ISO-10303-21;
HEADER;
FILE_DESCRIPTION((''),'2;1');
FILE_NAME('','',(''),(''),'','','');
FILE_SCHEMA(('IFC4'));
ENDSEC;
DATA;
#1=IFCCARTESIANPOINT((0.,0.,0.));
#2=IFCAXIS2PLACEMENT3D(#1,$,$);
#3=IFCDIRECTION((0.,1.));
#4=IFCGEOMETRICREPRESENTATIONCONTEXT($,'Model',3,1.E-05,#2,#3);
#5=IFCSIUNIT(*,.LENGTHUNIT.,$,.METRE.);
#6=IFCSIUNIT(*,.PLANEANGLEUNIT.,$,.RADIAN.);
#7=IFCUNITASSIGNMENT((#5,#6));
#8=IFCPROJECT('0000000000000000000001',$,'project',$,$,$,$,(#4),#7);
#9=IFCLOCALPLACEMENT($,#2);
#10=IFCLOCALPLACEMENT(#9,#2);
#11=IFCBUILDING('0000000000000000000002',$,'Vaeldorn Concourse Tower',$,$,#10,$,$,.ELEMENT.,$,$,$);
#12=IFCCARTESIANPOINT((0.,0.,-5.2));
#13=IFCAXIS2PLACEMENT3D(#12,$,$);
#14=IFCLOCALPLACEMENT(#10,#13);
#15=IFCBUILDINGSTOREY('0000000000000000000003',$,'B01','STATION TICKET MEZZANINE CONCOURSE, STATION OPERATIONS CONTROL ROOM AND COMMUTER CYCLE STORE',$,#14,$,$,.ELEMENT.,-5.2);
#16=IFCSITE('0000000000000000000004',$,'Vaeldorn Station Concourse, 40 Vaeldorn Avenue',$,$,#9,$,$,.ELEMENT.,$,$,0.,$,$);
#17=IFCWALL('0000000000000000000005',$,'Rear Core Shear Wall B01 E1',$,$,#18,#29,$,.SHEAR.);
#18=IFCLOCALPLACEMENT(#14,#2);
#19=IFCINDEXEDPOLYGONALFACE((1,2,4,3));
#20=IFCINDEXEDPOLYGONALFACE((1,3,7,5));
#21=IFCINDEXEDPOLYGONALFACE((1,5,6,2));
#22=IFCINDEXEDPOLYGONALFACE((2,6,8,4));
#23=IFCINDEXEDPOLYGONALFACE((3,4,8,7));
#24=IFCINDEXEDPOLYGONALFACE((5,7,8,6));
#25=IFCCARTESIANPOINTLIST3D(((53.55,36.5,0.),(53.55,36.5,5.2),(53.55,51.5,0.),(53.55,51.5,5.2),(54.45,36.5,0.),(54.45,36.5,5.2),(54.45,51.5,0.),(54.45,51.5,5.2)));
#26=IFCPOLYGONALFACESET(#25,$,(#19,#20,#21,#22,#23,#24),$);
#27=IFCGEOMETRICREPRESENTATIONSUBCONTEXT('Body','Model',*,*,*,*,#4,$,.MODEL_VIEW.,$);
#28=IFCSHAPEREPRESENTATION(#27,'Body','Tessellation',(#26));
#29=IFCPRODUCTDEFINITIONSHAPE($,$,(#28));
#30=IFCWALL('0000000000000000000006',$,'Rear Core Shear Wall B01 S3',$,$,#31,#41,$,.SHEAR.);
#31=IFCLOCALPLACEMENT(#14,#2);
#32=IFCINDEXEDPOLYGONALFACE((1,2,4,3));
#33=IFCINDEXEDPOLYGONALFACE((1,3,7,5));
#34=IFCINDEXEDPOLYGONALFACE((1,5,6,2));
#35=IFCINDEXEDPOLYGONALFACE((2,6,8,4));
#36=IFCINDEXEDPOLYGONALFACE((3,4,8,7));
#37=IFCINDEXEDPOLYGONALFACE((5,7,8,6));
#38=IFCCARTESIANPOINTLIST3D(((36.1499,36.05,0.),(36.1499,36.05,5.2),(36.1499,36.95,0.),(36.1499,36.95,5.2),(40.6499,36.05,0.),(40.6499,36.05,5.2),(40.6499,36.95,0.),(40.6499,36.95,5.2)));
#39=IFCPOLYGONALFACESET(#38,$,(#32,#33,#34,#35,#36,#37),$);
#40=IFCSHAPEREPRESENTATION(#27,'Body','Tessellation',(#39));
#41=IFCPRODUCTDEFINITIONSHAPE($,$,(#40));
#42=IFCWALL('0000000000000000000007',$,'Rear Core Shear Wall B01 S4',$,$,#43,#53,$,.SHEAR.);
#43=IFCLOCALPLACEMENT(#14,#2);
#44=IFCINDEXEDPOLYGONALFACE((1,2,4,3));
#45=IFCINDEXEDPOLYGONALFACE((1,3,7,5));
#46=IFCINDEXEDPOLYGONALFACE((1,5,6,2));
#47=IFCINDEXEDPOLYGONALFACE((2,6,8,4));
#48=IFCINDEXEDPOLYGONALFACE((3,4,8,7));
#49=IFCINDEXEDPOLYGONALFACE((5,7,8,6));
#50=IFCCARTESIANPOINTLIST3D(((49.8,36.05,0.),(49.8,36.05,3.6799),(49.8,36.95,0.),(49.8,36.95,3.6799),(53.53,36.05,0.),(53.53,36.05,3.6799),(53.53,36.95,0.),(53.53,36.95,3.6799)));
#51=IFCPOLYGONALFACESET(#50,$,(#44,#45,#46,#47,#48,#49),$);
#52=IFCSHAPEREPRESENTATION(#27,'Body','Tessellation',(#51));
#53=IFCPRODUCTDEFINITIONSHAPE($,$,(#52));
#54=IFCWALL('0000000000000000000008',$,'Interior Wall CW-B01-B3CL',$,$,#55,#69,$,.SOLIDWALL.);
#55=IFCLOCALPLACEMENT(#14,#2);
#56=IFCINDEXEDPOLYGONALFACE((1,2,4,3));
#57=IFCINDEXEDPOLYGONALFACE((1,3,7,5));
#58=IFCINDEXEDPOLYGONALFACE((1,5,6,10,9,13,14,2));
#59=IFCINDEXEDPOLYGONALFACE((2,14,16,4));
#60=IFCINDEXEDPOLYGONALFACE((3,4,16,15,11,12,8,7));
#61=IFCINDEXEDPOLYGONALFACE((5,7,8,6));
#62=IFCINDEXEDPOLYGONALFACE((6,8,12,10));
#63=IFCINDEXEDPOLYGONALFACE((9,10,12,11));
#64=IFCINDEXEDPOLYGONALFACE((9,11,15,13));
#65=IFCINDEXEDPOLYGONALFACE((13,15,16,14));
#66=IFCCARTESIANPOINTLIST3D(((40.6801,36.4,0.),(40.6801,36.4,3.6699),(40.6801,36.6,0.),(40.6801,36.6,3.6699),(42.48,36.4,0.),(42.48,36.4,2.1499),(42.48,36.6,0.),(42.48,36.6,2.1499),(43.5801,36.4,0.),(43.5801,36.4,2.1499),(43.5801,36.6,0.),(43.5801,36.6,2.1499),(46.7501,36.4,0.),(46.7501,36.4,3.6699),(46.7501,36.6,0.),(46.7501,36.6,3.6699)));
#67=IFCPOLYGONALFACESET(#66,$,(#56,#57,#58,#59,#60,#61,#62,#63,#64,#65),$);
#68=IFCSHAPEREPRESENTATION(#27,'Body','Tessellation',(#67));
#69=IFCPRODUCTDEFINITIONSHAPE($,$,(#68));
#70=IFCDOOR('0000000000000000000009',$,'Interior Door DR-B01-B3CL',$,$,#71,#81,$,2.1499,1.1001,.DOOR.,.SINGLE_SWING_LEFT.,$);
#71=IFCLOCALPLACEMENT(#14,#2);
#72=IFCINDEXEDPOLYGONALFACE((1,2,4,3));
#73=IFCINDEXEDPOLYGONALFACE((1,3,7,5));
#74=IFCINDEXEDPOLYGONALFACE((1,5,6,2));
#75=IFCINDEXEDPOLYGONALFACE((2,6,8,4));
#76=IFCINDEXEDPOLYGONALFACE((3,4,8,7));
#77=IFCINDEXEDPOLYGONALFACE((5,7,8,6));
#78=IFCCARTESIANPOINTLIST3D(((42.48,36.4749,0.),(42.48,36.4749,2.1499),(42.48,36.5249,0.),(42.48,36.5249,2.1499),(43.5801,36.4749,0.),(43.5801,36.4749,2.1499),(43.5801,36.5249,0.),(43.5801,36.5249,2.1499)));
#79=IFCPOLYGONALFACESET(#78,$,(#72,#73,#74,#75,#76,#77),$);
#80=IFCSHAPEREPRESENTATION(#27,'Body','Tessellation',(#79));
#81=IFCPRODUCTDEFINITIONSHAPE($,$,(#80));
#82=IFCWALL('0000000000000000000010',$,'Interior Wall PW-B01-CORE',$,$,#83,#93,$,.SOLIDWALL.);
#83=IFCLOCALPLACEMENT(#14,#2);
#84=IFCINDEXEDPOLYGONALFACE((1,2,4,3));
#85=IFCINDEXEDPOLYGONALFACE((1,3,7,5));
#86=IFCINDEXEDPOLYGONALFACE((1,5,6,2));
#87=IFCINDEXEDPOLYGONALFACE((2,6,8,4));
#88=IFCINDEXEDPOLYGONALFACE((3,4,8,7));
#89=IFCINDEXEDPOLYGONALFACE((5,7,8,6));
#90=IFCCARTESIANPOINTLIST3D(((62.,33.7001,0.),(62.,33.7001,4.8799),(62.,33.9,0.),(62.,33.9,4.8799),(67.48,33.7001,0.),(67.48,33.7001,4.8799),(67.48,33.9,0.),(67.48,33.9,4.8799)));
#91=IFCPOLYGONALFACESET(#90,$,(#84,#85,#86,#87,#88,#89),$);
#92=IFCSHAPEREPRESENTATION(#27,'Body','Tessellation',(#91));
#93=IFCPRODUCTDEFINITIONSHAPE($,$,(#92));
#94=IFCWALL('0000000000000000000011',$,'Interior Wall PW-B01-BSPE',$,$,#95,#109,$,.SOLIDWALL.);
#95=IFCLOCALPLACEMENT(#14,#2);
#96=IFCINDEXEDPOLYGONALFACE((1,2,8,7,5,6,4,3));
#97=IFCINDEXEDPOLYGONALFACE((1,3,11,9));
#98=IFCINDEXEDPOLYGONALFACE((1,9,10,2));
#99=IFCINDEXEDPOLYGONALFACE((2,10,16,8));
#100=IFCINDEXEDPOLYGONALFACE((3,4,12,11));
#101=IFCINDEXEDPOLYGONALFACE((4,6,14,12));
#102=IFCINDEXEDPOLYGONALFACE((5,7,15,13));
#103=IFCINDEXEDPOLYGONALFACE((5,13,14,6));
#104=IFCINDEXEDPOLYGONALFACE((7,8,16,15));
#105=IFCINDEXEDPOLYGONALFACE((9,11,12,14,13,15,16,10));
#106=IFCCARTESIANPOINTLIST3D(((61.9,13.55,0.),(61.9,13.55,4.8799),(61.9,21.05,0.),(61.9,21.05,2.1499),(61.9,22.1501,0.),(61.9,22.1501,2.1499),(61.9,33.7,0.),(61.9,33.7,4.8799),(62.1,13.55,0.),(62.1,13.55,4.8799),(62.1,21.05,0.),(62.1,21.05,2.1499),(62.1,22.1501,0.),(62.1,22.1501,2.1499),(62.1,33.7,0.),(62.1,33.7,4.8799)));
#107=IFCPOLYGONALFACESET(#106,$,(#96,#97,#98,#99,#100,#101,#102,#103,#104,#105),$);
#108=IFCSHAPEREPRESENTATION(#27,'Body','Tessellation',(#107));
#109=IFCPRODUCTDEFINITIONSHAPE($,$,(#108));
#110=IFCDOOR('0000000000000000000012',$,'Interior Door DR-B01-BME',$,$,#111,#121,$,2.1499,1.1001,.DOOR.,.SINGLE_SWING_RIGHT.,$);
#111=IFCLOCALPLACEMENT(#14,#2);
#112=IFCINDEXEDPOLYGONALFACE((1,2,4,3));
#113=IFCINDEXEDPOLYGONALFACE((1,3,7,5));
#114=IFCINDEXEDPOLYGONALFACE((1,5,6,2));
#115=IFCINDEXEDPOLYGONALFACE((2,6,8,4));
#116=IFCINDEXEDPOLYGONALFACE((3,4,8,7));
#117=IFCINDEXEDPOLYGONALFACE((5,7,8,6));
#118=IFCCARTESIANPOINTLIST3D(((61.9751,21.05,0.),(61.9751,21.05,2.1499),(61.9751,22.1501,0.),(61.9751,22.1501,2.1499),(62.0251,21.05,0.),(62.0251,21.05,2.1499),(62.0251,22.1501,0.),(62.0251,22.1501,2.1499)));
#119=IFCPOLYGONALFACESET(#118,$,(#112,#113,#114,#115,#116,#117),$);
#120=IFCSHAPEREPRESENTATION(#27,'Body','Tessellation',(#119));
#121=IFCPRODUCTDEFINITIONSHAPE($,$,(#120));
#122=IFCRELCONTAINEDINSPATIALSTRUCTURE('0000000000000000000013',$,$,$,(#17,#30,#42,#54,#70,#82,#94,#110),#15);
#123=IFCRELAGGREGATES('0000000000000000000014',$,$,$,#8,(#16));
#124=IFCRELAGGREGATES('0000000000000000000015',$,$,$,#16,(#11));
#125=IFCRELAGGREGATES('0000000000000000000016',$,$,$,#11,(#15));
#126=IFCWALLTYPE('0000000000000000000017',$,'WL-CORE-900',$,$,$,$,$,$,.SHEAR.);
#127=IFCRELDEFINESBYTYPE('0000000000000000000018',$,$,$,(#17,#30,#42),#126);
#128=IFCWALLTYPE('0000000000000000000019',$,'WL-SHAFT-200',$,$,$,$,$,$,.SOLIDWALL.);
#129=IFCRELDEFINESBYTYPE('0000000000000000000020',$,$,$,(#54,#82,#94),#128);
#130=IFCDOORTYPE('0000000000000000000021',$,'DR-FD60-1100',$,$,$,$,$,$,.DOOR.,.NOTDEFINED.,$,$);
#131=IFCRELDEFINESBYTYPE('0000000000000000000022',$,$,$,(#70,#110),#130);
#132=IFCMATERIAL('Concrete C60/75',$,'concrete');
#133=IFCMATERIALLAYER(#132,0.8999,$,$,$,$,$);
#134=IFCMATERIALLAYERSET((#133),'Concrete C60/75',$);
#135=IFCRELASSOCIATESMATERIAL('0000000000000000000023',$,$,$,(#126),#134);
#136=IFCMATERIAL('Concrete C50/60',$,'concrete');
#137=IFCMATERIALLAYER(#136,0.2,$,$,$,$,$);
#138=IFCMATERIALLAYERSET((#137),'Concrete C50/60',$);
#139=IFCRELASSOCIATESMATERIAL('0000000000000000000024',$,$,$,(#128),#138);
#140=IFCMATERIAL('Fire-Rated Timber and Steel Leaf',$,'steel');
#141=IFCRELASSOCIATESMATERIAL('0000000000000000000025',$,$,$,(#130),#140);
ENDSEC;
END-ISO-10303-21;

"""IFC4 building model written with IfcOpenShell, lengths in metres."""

from ifc_helpers import new_model, si_unit, direction, frame, frame_2d, origin, place, context, subcontext, project, spatial, rectangle, extrude, source, transform, mapped, material, layer, layer_set, type_object, element, fill, save


model = new_model("IFC4")

# Units and contexts
model_context = context("Model", 3, precision=1e-05, world=origin(), true_north=direction((0.0, 1.0)))
body_context = subcontext(model_context, "Body", "Model", "MODEL_VIEW")
ifc_project = project(units=[si_unit("LENGTHUNIT", "METRE"), si_unit("PLANEANGLEUNIT", "RADIAN")], contexts=[model_context])

# Site, building, storey
site_placement = place(None, origin())
site = spatial("IfcSite", under=ifc_project, at=site_placement, Name="Vaeldorn Station Concourse, 40 Vaeldorn Avenue", CompositionType="ELEMENT", RefElevation=0.0)
building_placement = place(site_placement, origin())
building = spatial("IfcBuilding", under=site, at=building_placement, Name="Vaeldorn Concourse Tower", CompositionType="ELEMENT")
storey_placement = place(building_placement, frame((0.0, 0.0, -5.2)))
storey = spatial("IfcBuildingStorey", under=building, at=storey_placement, Name="B01", Description="STATION TICKET MEZZANINE CONCOURSE, STATION OPERATIONS CONTROL ROOM AND COMMUTER CYCLE STORE", CompositionType="ELEMENT", Elevation=-5.2)

# Shared definitions
ifc_material_1 = material(Name="Concrete C60/75", Category="concrete")
ifc_material_2 = material(Name="Concrete C50/60", Category="concrete")

# Walls
ifc_layer_1 = layer(ifc_material_1, 0.8999)
ifc_layer_set_1 = layer_set([ifc_layer_1], Name="Concrete C60/75")
wall_type_1 = type_object("IfcWallType", Name="WL-CORE-900", PredefinedType="SHEAR", material=ifc_layer_set_1)
wall_1_placement = place(storey_placement, frame((54.0, 36.5, 0.0), z_axis=(0.0, 0.0, 1.0), x_axis=(0.0, 1.0, 0.0)))
element("IfcWall", 1, at=wall_1_placement, inside=storey, type_object=wall_type_1, Name="Rear Core Shear Wall B01 E1", PredefinedType="SHEAR", context=body_context, shape_type="SweptSolid", body=[
    extrude(rectangle(XDim=15.0, YDim=0.8999, at=frame_2d((7.5, 0.0))), origin(), (0.0, 0.0, 1.0), 5.2),
])
wall_2_placement = place(storey_placement, frame((36.1499, 36.5, 0.0), z_axis=(0.0, 0.0, 1.0), x_axis=(1.0, 0.0, 0.0)))
element("IfcWall", 2, at=wall_2_placement, inside=storey, type_object=wall_type_1, Name="Rear Core Shear Wall B01 S3", PredefinedType="SHEAR", context=body_context, shape_type="SweptSolid", body=[
    extrude(rectangle(XDim=4.5, YDim=0.8999, at=frame_2d((2.25, 0.0))), origin(), (0.0, 0.0, 1.0), 5.2),
])
wall_3_placement = place(storey_placement, frame((49.8, 36.5, 0.0), z_axis=(0.0, 0.0, 1.0), x_axis=(1.0, 0.0, 0.0)))
element("IfcWall", 3, at=wall_3_placement, inside=storey, type_object=wall_type_1, Name="Rear Core Shear Wall B01 S4", PredefinedType="SHEAR", context=body_context, shape_type="SweptSolid", body=[
    extrude(rectangle(XDim=3.73, YDim=0.8999, at=frame_2d((1.865, 0.0))), origin(), (0.0, 0.0, 1.0), 3.6799),
])

# Wall, opening, door
ifc_layer_2 = layer(ifc_material_2, 0.2)
ifc_layer_set_2 = layer_set([ifc_layer_2], Name="Concrete C50/60")
wall_type_2 = type_object("IfcWallType", Name="WL-SHAFT-200", PredefinedType="SOLIDWALL", material=ifc_layer_set_2)
ifc_material_3 = material(Name="Fire-Rated Timber and Steel Leaf", Category="steel")
door_type = type_object("IfcDoorType", Name="DR-FD60-1100", OperationType="NOTDEFINED", PredefinedType="DOOR", material=ifc_material_3)
shared_shape_1 = source(origin(), body_context, "Body", "SweptSolid", [
    extrude(rectangle(XDim=1.1001, YDim=2.1499, at=frame_2d((0.55, 1.075))), frame((0.0, 0.0249, 0.0), z_axis=(0.0, -1.0, 0.0), x_axis=(1.0, 0.0, 0.0)), (0.0, 0.0, 1.0), 0.05),
])
wall_4_placement = place(storey_placement, frame((40.6799, 36.5, 0.0), z_axis=(0.0, 0.0, 1.0), x_axis=(1.0, 0.0, 0.0)))
wall_4 = element("IfcWall", 4, at=wall_4_placement, inside=storey, type_object=wall_type_2, Name="Interior Wall CW-B01-B3CL", PredefinedType="SOLIDWALL", context=body_context, shape_type="SweptSolid", body=[
    extrude(rectangle(XDim=6.0701, YDim=0.2, at=frame_2d((3.0352, 0.0))), origin(), (0.0, 0.0, 1.0), 3.6699),
])
opening_1_placement = place(wall_4_placement, frame((1.8, 0.0, 0.0)))
opening_1 = element("IfcOpeningElement", 5, at=opening_1_placement, cuts=wall_4, PredefinedType="OPENING", context=body_context, shape_type="SweptSolid", body=[
    extrude(rectangle(XDim=1.1001, YDim=2.1499, at=frame_2d((0.55, 1.075))), frame((0.0, 0.1099, 0.0), z_axis=(0.0, -1.0, 0.0), x_axis=(1.0, 0.0, 0.0)), (0.0, 0.0, 1.0), 0.22),
])
door_1_placement = place(opening_1_placement, origin())
door_1 = element("IfcDoor", 6, at=door_1_placement, inside=storey, type_object=door_type, Name="Interior Door DR-B01-B3CL", OperationType="SINGLE_SWING_LEFT", OverallHeight=2.1499, OverallWidth=1.1001, PredefinedType="DOOR", context=body_context, shape_type="MappedRepresentation", body=[
    mapped(shared_shape_1, transform((0.0, 0.0, 0.0), scale=1.0)),
])
fill(opening_1, door_1)

# Wall
wall_5_placement = place(storey_placement, frame((62.0, 33.8, 0.0), z_axis=(0.0, 0.0, 1.0), x_axis=(1.0, 0.0, 0.0)))
element("IfcWall", 7, at=wall_5_placement, inside=storey, type_object=wall_type_2, Name="Interior Wall PW-B01-CORE", PredefinedType="SOLIDWALL", context=body_context, shape_type="SweptSolid", body=[
    extrude(rectangle(XDim=5.48, YDim=0.2, at=frame_2d((2.74, 0.0))), origin(), (0.0, 0.0, 1.0), 4.8799),
])

# Wall, opening, door
wall_6_placement = place(storey_placement, frame((62.0, 13.55, 0.0), z_axis=(0.0, 0.0, 1.0), x_axis=(0.0, 1.0, 0.0)))
wall_6 = element("IfcWall", 8, at=wall_6_placement, inside=storey, type_object=wall_type_2, Name="Interior Wall PW-B01-BSPE", PredefinedType="SOLIDWALL", context=body_context, shape_type="SweptSolid", body=[
    extrude(rectangle(XDim=20.1499, YDim=0.2, at=frame_2d((10.075, 0.0))), origin(), (0.0, 0.0, 1.0), 4.8799),
])
opening_2_placement = place(wall_6_placement, frame((7.5, 0.0, 0.0)))
opening_2 = element("IfcOpeningElement", 9, at=opening_2_placement, cuts=wall_6, PredefinedType="OPENING", context=body_context, shape_type="SweptSolid", body=[
    extrude(rectangle(XDim=1.1001, YDim=2.1499, at=frame_2d((0.55, 1.075))), frame((0.0, 0.1099, 0.0), z_axis=(0.0, -1.0, 0.0), x_axis=(1.0, 0.0, 0.0)), (0.0, 0.0, 1.0), 0.22),
])
door_2_placement = place(opening_2_placement, origin())
door_2 = element("IfcDoor", 10, at=door_2_placement, inside=storey, type_object=door_type, Name="Interior Door DR-B01-BME", OperationType="SINGLE_SWING_RIGHT", OverallHeight=2.1499, OverallWidth=1.1001, PredefinedType="DOOR", context=body_context, shape_type="MappedRepresentation", body=[
    mapped(shared_shape_1, transform((0.0, 0.0, 0.0), scale=1.0)),
])
fill(opening_2, door_2)

save(model, "model.ifc")
